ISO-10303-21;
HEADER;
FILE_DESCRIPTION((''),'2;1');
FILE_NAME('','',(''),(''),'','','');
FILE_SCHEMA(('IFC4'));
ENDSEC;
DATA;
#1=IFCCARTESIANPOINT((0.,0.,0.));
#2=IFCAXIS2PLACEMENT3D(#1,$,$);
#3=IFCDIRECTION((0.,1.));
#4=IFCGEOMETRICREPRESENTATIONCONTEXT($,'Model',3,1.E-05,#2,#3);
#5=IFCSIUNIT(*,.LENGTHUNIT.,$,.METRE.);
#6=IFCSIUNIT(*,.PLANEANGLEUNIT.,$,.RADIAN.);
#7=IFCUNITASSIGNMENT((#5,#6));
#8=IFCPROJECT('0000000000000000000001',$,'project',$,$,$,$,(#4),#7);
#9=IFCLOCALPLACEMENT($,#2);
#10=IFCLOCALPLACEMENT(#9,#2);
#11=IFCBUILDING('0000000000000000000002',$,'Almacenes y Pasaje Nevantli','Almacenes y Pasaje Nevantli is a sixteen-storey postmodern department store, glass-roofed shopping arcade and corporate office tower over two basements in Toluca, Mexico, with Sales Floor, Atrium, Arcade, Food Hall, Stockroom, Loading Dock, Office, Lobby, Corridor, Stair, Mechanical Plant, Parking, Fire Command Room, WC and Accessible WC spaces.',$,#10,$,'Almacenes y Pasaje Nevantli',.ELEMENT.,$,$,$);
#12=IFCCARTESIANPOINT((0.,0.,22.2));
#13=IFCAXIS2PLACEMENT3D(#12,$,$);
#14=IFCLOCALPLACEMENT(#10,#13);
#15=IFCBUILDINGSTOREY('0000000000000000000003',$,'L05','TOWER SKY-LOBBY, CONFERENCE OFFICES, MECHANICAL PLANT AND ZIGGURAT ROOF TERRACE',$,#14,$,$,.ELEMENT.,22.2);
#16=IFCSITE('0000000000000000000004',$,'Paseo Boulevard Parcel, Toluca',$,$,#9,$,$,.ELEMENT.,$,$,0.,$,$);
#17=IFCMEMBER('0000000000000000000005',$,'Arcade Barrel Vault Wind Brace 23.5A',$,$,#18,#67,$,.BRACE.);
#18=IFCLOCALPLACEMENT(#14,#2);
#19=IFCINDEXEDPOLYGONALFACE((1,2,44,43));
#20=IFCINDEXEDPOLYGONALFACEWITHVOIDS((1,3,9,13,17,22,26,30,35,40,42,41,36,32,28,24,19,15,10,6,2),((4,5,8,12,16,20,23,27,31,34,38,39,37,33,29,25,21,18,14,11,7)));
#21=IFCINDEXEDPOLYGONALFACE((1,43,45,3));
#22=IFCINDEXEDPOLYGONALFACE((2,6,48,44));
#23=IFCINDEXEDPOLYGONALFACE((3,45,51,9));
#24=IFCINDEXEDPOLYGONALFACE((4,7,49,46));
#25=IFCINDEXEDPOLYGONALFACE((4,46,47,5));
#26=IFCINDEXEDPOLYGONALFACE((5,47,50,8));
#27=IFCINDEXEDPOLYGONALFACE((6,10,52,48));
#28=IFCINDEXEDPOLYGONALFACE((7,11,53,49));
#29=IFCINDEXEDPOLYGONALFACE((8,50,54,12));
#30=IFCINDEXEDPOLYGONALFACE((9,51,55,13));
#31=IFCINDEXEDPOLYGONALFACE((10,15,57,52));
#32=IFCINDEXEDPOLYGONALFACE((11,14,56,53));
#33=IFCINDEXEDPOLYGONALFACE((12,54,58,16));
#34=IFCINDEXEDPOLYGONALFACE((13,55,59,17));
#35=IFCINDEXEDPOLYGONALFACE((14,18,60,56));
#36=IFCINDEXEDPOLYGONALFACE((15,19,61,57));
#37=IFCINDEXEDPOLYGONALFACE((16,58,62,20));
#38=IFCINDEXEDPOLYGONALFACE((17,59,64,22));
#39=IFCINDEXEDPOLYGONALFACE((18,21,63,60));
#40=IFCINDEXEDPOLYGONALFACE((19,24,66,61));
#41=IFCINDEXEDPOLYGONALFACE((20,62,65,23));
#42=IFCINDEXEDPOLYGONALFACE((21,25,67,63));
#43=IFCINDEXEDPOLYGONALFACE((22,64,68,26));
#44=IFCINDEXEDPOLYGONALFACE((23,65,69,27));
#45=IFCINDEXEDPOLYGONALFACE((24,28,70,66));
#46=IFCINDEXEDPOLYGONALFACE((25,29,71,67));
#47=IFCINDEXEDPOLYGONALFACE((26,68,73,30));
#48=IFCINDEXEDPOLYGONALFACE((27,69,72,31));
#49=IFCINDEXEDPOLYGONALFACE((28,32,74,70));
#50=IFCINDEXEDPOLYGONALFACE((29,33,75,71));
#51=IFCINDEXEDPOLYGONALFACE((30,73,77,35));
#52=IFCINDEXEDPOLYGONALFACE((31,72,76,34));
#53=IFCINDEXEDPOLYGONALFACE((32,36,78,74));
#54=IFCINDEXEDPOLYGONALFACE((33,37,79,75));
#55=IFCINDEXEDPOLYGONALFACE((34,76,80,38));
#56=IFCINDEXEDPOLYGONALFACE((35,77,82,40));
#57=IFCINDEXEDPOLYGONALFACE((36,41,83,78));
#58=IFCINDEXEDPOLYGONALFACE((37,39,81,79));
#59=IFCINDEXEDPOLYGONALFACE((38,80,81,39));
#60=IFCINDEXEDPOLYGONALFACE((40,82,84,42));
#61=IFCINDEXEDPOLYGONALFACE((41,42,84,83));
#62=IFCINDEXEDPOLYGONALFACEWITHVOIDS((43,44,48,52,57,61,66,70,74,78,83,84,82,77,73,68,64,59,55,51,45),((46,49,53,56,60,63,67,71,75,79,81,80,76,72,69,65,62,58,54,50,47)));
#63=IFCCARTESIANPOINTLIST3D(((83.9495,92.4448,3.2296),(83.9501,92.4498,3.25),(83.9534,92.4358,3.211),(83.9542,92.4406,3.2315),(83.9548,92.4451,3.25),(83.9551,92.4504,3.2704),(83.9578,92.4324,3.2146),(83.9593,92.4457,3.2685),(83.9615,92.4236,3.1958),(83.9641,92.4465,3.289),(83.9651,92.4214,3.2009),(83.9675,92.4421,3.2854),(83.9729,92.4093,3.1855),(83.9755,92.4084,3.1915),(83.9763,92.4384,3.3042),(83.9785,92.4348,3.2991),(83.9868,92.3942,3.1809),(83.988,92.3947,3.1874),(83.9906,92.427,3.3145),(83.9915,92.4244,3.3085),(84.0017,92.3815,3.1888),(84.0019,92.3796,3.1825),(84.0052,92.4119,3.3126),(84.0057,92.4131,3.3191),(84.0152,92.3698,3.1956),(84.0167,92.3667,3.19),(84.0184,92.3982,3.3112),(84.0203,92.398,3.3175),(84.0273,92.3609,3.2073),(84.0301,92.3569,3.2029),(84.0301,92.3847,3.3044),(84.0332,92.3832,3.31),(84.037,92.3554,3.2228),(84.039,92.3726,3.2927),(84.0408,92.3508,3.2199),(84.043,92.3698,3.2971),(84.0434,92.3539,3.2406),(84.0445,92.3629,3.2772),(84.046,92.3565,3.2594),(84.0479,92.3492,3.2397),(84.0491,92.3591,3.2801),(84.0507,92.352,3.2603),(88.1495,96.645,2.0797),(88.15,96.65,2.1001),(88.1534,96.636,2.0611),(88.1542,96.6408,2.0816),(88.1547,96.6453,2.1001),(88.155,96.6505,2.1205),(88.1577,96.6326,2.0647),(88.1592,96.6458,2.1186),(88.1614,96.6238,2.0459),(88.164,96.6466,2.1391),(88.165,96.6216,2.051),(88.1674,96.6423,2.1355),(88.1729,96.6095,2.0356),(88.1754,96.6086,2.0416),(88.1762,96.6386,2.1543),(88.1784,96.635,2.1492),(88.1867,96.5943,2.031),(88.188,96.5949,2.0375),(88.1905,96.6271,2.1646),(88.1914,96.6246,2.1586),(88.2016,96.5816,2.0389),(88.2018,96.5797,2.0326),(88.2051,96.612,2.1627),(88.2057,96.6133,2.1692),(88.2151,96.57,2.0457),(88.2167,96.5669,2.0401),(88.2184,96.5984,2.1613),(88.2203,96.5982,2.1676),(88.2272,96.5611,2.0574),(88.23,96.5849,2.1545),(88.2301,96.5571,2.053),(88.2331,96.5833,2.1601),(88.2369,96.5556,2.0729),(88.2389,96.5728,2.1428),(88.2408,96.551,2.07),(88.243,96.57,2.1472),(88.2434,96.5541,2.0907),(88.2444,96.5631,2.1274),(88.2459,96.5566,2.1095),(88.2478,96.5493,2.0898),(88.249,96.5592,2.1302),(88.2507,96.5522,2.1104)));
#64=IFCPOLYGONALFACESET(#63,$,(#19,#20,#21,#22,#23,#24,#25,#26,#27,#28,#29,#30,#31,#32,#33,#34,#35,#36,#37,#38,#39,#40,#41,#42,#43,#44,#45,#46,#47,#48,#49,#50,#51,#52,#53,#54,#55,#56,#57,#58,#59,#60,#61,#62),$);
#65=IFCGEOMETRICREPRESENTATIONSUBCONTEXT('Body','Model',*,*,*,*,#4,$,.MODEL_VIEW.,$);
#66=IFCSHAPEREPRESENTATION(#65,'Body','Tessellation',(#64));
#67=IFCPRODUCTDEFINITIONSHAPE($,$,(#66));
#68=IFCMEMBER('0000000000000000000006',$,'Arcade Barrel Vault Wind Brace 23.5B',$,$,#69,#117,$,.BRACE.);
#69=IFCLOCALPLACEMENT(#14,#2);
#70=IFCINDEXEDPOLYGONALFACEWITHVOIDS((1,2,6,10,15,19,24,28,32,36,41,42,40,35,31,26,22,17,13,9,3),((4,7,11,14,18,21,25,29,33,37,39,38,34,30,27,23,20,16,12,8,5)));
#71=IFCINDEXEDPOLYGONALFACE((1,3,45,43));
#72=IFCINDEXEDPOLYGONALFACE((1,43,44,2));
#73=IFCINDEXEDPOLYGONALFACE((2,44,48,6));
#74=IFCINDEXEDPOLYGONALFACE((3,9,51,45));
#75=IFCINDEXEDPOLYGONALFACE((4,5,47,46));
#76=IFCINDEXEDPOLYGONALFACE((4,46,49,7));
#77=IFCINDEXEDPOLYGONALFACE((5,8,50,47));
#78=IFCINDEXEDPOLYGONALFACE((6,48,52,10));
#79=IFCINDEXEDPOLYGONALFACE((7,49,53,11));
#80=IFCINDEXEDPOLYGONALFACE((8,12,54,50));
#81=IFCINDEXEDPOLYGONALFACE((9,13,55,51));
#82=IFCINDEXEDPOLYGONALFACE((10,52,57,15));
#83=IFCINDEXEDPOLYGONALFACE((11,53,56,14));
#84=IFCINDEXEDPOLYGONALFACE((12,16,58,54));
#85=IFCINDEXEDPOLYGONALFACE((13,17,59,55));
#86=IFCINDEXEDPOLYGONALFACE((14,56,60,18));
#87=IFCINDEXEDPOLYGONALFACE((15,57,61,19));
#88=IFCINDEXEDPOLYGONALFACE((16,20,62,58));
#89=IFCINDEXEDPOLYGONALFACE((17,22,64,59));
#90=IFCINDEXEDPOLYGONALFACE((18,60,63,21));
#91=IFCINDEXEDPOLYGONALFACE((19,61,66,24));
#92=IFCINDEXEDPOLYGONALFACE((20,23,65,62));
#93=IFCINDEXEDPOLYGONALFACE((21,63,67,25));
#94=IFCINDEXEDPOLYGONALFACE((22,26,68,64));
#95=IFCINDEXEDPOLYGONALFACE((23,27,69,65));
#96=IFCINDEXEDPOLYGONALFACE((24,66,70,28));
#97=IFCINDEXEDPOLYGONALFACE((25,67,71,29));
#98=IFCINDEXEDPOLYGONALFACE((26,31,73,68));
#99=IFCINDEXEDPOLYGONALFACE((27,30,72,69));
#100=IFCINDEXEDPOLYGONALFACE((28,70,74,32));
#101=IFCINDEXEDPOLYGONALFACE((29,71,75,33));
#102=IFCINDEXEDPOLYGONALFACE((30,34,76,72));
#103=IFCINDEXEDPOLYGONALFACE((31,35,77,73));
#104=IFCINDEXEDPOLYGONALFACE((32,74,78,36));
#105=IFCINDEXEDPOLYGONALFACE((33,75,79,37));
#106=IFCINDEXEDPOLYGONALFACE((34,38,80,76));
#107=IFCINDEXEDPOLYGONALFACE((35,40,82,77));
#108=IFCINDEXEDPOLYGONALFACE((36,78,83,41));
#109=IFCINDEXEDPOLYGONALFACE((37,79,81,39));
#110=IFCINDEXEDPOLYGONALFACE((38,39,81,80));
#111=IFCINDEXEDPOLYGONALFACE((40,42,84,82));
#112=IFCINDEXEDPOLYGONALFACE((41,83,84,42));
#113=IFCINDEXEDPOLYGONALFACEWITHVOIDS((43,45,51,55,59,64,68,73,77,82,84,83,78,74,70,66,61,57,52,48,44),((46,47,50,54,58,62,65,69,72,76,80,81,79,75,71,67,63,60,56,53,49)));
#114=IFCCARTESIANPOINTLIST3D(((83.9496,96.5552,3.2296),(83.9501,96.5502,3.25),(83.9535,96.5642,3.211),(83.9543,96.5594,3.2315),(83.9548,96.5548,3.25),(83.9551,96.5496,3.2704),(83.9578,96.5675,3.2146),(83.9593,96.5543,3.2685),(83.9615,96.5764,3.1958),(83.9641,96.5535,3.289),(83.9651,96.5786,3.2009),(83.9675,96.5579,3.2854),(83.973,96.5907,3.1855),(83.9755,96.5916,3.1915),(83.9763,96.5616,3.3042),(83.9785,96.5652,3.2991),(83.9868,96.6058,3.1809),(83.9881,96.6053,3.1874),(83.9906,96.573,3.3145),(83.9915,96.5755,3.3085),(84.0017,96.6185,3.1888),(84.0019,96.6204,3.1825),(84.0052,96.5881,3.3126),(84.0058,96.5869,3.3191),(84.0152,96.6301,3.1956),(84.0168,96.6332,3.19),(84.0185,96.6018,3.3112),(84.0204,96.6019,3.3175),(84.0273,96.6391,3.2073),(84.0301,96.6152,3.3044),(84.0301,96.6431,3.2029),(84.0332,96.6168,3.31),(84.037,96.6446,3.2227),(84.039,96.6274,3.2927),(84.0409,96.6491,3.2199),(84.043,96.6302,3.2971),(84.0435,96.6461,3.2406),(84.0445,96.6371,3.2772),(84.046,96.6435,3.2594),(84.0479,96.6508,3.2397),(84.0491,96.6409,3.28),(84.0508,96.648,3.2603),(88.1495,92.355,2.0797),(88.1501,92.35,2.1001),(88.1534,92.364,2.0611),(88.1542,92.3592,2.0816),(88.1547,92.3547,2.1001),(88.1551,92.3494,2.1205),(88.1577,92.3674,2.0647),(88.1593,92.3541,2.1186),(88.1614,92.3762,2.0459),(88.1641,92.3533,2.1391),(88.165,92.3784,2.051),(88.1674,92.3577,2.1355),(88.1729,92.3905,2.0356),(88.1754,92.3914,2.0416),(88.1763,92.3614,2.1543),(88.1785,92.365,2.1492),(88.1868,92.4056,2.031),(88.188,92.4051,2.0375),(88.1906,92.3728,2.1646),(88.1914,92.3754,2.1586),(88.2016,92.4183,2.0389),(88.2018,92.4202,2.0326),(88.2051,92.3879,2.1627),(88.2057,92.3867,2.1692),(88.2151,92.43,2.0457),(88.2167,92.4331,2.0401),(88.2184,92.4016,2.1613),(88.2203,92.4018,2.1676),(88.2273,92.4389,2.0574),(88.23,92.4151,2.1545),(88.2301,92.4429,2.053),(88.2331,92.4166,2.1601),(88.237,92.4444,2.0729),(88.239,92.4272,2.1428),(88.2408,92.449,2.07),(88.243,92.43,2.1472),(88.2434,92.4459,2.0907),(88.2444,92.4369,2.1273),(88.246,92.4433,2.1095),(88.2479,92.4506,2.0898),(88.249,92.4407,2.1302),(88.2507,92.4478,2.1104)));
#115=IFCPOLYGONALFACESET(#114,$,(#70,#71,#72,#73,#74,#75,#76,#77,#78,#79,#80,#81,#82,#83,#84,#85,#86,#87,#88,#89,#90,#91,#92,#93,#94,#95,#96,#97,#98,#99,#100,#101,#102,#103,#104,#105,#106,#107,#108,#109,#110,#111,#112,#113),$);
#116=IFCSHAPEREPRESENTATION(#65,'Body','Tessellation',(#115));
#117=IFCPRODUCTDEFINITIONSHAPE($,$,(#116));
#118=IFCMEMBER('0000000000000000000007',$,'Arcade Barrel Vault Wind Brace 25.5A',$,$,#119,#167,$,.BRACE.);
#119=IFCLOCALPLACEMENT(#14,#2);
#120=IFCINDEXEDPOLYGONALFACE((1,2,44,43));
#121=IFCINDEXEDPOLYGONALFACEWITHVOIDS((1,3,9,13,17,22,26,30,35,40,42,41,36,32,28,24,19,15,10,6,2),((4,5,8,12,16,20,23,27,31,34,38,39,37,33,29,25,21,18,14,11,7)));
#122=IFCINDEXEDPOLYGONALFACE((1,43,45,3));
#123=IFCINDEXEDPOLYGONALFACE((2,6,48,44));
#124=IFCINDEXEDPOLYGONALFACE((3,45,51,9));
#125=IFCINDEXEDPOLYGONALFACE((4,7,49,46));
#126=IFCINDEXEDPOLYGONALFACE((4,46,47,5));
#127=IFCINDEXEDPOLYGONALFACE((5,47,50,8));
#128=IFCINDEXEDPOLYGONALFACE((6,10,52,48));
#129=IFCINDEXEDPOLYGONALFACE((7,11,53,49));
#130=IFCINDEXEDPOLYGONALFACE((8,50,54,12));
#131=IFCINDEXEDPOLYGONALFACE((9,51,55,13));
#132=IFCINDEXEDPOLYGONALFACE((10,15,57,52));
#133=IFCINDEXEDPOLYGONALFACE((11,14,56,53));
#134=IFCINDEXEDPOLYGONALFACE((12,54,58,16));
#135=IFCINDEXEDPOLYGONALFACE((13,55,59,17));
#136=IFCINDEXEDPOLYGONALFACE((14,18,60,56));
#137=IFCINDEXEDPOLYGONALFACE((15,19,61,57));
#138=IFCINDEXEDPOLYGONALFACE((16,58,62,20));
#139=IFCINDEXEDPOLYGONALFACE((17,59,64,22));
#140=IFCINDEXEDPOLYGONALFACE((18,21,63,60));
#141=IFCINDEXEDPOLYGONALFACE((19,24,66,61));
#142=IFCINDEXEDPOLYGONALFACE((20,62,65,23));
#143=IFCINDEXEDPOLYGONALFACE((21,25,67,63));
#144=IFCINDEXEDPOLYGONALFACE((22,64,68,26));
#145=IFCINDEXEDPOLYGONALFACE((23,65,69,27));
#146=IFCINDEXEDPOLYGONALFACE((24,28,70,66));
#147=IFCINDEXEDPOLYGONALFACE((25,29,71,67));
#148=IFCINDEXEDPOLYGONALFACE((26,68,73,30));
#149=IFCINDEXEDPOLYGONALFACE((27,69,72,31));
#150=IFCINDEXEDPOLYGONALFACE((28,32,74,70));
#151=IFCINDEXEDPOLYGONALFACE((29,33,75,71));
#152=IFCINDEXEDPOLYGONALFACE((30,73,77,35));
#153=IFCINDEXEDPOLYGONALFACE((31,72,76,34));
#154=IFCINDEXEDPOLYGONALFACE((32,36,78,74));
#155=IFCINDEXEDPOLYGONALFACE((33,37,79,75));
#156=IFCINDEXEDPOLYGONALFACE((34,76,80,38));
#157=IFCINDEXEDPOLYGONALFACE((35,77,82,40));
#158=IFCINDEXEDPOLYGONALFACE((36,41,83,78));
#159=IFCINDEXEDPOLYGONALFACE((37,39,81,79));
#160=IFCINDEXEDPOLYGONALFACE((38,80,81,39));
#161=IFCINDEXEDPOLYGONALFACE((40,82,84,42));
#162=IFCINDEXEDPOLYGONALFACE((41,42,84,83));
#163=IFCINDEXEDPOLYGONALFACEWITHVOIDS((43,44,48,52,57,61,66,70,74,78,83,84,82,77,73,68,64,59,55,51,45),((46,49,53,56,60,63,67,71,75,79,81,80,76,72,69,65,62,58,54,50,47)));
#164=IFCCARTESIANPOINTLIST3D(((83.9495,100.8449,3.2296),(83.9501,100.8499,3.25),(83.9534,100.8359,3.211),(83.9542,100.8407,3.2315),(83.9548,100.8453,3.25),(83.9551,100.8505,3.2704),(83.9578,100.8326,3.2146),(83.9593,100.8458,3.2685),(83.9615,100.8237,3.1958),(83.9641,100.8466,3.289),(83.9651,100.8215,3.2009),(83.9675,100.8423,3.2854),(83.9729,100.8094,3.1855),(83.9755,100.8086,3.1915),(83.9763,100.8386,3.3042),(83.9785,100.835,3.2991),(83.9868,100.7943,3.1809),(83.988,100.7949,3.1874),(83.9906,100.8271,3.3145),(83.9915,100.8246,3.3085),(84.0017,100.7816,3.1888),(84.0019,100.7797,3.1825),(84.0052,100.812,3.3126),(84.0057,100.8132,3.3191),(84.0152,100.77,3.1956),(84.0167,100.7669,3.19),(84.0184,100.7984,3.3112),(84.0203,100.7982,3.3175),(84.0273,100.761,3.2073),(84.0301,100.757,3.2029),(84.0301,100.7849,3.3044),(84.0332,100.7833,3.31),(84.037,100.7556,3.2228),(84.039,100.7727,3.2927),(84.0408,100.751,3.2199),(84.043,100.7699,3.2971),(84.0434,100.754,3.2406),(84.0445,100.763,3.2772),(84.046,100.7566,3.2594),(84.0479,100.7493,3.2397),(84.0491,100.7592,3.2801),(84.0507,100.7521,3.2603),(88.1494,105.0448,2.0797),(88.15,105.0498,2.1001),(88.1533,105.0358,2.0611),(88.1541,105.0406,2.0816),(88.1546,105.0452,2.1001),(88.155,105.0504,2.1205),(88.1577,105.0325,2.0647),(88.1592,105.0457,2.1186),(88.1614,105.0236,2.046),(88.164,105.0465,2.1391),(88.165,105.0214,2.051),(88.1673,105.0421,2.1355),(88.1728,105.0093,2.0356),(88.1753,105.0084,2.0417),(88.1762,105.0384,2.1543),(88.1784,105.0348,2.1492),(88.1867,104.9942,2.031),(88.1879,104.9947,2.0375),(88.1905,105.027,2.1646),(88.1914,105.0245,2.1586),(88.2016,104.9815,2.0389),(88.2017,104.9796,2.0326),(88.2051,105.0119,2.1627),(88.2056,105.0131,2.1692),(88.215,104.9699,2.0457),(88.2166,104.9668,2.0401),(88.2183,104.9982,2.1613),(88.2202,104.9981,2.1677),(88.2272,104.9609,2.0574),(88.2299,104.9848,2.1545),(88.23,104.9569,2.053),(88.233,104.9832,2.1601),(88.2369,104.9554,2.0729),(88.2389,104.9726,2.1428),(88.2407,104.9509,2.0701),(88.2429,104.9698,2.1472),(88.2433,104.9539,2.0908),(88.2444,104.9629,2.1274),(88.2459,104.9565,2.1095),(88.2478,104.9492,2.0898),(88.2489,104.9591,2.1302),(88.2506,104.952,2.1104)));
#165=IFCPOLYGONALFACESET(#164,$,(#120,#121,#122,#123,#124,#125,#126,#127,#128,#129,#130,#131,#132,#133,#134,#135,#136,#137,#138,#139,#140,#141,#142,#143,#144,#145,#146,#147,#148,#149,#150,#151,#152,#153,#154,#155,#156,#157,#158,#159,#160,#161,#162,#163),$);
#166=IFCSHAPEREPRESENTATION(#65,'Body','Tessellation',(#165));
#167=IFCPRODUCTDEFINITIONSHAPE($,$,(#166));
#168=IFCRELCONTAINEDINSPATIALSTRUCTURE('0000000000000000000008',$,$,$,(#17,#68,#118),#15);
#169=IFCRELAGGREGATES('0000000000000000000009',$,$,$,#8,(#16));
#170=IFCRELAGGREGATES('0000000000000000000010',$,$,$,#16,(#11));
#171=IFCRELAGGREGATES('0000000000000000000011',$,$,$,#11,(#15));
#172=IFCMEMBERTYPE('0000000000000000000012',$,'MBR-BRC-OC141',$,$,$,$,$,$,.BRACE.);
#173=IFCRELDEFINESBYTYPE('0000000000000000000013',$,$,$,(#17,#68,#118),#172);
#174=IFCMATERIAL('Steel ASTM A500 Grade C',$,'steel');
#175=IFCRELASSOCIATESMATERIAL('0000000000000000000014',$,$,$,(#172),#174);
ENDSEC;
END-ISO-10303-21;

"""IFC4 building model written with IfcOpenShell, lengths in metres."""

from ifc_helpers import new_model, si_unit, direction, frame, origin, origin_2d, place, context, subcontext, project, spatial, hollow_circle, extrude, material, material_profile, profile_set, type_object, element, save


model = new_model("IFC4")

# Units and contexts
model_context = context("Model", 3, precision=1e-05, world=origin(), true_north=direction((0.0, 1.0)))
body_context = subcontext(model_context, "Body", "Model", "MODEL_VIEW")
ifc_project = project(units=[si_unit("LENGTHUNIT", "METRE"), si_unit("PLANEANGLEUNIT", "RADIAN")], contexts=[model_context])

# Site, building, storey
site_placement = place(None, origin())
site = spatial("IfcSite", under=ifc_project, at=site_placement, Name="Paseo Boulevard Parcel, Toluca", CompositionType="ELEMENT", RefElevation=0.0)
building_placement = place(site_placement, origin())
building = spatial("IfcBuilding", under=site, at=building_placement, Name="Almacenes y Pasaje Nevantli", Description="Almacenes y Pasaje Nevantli is a sixteen-storey postmodern department store, glass-roofed shopping arcade and corporate office tower over two basements in Toluca, Mexico, with Sales Floor, Atrium, Arcade, Food Hall, Stockroom, Loading Dock, Office, Lobby, Corridor, Stair, Mechanical Plant, Parking, Fire Command Room, WC and Accessible WC spaces.", LongName="Almacenes y Pasaje Nevantli", CompositionType="ELEMENT")
storey_placement = place(building_placement, frame((0.0, 0.0, 22.2)))
storey = spatial("IfcBuildingStorey", under=building, at=storey_placement, Name="L05", Description="TOWER SKY-LOBBY, CONFERENCE OFFICES, MECHANICAL PLANT AND ZIGGURAT ROOF TERRACE", CompositionType="ELEMENT", Elevation=22.2)

# Members
ifc_material_1 = material(Name="Steel ASTM A500 Grade C", Category="steel")
ifc_material_profile_1 = material_profile(ifc_material_1, hollow_circle(Radius=0.0706, WallThickness=0.0066, at=origin_2d()), Name="OC 141x6.6")
ifc_profile_set_1 = profile_set([ifc_material_profile_1], Name="Steel ASTM A500 Grade C")
member_type_1 = type_object("IfcMemberType", Name="MBR-BRC-OC141", PredefinedType="BRACE", material=ifc_profile_set_1)
for number, where, z_axis, x_axis, name in (
    (1, (84.0, 92.3999, 3.25), (0.694197, 0.694238, -0.190064), (-0.707127, 0.707086, 0.0), "Arcade Barrel Vault Wind Brace 23.5A"),
    (2, (88.2, 92.3999, 2.1001), (-0.694197, 0.694238, 0.190064), (-0.707127, -0.707086, 0.0), "Arcade Barrel Vault Wind Brace 23.5B"),
):
    element("IfcMember", number, at=place(storey_placement, frame(where, z_axis=z_axis, x_axis=x_axis)), inside=storey, type_object=member_type_1, Name=name, PredefinedType="BRACE", context=body_context, shape_type="SweptSolid", body=[
        extrude(hollow_circle(Radius=0.0706, WallThickness=0.0066, at=origin_2d()), origin(), (0.0, 0.0, 1.0), 6.05),
    ])
for number, where, z_axis, x_axis, name in (
    (3, (84.0, 100.8, 3.25), (0.694217, 0.694217, -0.190069), (-0.707107, 0.707107, 0.0), "Arcade Barrel Vault Wind Brace 25.5A"),
):
    element("IfcMember", number, at=place(storey_placement, frame(where, z_axis=z_axis, x_axis=x_axis)), inside=storey, type_object=member_type_1, Name=name, PredefinedType="BRACE", context=body_context, shape_type="SweptSolid", body=[
        extrude(hollow_circle(Radius=0.0706, WallThickness=0.0066, at=origin_2d()), origin(), (0.0, 0.0, 1.0), 6.0498),
    ])

save(model, "model.ifc")
